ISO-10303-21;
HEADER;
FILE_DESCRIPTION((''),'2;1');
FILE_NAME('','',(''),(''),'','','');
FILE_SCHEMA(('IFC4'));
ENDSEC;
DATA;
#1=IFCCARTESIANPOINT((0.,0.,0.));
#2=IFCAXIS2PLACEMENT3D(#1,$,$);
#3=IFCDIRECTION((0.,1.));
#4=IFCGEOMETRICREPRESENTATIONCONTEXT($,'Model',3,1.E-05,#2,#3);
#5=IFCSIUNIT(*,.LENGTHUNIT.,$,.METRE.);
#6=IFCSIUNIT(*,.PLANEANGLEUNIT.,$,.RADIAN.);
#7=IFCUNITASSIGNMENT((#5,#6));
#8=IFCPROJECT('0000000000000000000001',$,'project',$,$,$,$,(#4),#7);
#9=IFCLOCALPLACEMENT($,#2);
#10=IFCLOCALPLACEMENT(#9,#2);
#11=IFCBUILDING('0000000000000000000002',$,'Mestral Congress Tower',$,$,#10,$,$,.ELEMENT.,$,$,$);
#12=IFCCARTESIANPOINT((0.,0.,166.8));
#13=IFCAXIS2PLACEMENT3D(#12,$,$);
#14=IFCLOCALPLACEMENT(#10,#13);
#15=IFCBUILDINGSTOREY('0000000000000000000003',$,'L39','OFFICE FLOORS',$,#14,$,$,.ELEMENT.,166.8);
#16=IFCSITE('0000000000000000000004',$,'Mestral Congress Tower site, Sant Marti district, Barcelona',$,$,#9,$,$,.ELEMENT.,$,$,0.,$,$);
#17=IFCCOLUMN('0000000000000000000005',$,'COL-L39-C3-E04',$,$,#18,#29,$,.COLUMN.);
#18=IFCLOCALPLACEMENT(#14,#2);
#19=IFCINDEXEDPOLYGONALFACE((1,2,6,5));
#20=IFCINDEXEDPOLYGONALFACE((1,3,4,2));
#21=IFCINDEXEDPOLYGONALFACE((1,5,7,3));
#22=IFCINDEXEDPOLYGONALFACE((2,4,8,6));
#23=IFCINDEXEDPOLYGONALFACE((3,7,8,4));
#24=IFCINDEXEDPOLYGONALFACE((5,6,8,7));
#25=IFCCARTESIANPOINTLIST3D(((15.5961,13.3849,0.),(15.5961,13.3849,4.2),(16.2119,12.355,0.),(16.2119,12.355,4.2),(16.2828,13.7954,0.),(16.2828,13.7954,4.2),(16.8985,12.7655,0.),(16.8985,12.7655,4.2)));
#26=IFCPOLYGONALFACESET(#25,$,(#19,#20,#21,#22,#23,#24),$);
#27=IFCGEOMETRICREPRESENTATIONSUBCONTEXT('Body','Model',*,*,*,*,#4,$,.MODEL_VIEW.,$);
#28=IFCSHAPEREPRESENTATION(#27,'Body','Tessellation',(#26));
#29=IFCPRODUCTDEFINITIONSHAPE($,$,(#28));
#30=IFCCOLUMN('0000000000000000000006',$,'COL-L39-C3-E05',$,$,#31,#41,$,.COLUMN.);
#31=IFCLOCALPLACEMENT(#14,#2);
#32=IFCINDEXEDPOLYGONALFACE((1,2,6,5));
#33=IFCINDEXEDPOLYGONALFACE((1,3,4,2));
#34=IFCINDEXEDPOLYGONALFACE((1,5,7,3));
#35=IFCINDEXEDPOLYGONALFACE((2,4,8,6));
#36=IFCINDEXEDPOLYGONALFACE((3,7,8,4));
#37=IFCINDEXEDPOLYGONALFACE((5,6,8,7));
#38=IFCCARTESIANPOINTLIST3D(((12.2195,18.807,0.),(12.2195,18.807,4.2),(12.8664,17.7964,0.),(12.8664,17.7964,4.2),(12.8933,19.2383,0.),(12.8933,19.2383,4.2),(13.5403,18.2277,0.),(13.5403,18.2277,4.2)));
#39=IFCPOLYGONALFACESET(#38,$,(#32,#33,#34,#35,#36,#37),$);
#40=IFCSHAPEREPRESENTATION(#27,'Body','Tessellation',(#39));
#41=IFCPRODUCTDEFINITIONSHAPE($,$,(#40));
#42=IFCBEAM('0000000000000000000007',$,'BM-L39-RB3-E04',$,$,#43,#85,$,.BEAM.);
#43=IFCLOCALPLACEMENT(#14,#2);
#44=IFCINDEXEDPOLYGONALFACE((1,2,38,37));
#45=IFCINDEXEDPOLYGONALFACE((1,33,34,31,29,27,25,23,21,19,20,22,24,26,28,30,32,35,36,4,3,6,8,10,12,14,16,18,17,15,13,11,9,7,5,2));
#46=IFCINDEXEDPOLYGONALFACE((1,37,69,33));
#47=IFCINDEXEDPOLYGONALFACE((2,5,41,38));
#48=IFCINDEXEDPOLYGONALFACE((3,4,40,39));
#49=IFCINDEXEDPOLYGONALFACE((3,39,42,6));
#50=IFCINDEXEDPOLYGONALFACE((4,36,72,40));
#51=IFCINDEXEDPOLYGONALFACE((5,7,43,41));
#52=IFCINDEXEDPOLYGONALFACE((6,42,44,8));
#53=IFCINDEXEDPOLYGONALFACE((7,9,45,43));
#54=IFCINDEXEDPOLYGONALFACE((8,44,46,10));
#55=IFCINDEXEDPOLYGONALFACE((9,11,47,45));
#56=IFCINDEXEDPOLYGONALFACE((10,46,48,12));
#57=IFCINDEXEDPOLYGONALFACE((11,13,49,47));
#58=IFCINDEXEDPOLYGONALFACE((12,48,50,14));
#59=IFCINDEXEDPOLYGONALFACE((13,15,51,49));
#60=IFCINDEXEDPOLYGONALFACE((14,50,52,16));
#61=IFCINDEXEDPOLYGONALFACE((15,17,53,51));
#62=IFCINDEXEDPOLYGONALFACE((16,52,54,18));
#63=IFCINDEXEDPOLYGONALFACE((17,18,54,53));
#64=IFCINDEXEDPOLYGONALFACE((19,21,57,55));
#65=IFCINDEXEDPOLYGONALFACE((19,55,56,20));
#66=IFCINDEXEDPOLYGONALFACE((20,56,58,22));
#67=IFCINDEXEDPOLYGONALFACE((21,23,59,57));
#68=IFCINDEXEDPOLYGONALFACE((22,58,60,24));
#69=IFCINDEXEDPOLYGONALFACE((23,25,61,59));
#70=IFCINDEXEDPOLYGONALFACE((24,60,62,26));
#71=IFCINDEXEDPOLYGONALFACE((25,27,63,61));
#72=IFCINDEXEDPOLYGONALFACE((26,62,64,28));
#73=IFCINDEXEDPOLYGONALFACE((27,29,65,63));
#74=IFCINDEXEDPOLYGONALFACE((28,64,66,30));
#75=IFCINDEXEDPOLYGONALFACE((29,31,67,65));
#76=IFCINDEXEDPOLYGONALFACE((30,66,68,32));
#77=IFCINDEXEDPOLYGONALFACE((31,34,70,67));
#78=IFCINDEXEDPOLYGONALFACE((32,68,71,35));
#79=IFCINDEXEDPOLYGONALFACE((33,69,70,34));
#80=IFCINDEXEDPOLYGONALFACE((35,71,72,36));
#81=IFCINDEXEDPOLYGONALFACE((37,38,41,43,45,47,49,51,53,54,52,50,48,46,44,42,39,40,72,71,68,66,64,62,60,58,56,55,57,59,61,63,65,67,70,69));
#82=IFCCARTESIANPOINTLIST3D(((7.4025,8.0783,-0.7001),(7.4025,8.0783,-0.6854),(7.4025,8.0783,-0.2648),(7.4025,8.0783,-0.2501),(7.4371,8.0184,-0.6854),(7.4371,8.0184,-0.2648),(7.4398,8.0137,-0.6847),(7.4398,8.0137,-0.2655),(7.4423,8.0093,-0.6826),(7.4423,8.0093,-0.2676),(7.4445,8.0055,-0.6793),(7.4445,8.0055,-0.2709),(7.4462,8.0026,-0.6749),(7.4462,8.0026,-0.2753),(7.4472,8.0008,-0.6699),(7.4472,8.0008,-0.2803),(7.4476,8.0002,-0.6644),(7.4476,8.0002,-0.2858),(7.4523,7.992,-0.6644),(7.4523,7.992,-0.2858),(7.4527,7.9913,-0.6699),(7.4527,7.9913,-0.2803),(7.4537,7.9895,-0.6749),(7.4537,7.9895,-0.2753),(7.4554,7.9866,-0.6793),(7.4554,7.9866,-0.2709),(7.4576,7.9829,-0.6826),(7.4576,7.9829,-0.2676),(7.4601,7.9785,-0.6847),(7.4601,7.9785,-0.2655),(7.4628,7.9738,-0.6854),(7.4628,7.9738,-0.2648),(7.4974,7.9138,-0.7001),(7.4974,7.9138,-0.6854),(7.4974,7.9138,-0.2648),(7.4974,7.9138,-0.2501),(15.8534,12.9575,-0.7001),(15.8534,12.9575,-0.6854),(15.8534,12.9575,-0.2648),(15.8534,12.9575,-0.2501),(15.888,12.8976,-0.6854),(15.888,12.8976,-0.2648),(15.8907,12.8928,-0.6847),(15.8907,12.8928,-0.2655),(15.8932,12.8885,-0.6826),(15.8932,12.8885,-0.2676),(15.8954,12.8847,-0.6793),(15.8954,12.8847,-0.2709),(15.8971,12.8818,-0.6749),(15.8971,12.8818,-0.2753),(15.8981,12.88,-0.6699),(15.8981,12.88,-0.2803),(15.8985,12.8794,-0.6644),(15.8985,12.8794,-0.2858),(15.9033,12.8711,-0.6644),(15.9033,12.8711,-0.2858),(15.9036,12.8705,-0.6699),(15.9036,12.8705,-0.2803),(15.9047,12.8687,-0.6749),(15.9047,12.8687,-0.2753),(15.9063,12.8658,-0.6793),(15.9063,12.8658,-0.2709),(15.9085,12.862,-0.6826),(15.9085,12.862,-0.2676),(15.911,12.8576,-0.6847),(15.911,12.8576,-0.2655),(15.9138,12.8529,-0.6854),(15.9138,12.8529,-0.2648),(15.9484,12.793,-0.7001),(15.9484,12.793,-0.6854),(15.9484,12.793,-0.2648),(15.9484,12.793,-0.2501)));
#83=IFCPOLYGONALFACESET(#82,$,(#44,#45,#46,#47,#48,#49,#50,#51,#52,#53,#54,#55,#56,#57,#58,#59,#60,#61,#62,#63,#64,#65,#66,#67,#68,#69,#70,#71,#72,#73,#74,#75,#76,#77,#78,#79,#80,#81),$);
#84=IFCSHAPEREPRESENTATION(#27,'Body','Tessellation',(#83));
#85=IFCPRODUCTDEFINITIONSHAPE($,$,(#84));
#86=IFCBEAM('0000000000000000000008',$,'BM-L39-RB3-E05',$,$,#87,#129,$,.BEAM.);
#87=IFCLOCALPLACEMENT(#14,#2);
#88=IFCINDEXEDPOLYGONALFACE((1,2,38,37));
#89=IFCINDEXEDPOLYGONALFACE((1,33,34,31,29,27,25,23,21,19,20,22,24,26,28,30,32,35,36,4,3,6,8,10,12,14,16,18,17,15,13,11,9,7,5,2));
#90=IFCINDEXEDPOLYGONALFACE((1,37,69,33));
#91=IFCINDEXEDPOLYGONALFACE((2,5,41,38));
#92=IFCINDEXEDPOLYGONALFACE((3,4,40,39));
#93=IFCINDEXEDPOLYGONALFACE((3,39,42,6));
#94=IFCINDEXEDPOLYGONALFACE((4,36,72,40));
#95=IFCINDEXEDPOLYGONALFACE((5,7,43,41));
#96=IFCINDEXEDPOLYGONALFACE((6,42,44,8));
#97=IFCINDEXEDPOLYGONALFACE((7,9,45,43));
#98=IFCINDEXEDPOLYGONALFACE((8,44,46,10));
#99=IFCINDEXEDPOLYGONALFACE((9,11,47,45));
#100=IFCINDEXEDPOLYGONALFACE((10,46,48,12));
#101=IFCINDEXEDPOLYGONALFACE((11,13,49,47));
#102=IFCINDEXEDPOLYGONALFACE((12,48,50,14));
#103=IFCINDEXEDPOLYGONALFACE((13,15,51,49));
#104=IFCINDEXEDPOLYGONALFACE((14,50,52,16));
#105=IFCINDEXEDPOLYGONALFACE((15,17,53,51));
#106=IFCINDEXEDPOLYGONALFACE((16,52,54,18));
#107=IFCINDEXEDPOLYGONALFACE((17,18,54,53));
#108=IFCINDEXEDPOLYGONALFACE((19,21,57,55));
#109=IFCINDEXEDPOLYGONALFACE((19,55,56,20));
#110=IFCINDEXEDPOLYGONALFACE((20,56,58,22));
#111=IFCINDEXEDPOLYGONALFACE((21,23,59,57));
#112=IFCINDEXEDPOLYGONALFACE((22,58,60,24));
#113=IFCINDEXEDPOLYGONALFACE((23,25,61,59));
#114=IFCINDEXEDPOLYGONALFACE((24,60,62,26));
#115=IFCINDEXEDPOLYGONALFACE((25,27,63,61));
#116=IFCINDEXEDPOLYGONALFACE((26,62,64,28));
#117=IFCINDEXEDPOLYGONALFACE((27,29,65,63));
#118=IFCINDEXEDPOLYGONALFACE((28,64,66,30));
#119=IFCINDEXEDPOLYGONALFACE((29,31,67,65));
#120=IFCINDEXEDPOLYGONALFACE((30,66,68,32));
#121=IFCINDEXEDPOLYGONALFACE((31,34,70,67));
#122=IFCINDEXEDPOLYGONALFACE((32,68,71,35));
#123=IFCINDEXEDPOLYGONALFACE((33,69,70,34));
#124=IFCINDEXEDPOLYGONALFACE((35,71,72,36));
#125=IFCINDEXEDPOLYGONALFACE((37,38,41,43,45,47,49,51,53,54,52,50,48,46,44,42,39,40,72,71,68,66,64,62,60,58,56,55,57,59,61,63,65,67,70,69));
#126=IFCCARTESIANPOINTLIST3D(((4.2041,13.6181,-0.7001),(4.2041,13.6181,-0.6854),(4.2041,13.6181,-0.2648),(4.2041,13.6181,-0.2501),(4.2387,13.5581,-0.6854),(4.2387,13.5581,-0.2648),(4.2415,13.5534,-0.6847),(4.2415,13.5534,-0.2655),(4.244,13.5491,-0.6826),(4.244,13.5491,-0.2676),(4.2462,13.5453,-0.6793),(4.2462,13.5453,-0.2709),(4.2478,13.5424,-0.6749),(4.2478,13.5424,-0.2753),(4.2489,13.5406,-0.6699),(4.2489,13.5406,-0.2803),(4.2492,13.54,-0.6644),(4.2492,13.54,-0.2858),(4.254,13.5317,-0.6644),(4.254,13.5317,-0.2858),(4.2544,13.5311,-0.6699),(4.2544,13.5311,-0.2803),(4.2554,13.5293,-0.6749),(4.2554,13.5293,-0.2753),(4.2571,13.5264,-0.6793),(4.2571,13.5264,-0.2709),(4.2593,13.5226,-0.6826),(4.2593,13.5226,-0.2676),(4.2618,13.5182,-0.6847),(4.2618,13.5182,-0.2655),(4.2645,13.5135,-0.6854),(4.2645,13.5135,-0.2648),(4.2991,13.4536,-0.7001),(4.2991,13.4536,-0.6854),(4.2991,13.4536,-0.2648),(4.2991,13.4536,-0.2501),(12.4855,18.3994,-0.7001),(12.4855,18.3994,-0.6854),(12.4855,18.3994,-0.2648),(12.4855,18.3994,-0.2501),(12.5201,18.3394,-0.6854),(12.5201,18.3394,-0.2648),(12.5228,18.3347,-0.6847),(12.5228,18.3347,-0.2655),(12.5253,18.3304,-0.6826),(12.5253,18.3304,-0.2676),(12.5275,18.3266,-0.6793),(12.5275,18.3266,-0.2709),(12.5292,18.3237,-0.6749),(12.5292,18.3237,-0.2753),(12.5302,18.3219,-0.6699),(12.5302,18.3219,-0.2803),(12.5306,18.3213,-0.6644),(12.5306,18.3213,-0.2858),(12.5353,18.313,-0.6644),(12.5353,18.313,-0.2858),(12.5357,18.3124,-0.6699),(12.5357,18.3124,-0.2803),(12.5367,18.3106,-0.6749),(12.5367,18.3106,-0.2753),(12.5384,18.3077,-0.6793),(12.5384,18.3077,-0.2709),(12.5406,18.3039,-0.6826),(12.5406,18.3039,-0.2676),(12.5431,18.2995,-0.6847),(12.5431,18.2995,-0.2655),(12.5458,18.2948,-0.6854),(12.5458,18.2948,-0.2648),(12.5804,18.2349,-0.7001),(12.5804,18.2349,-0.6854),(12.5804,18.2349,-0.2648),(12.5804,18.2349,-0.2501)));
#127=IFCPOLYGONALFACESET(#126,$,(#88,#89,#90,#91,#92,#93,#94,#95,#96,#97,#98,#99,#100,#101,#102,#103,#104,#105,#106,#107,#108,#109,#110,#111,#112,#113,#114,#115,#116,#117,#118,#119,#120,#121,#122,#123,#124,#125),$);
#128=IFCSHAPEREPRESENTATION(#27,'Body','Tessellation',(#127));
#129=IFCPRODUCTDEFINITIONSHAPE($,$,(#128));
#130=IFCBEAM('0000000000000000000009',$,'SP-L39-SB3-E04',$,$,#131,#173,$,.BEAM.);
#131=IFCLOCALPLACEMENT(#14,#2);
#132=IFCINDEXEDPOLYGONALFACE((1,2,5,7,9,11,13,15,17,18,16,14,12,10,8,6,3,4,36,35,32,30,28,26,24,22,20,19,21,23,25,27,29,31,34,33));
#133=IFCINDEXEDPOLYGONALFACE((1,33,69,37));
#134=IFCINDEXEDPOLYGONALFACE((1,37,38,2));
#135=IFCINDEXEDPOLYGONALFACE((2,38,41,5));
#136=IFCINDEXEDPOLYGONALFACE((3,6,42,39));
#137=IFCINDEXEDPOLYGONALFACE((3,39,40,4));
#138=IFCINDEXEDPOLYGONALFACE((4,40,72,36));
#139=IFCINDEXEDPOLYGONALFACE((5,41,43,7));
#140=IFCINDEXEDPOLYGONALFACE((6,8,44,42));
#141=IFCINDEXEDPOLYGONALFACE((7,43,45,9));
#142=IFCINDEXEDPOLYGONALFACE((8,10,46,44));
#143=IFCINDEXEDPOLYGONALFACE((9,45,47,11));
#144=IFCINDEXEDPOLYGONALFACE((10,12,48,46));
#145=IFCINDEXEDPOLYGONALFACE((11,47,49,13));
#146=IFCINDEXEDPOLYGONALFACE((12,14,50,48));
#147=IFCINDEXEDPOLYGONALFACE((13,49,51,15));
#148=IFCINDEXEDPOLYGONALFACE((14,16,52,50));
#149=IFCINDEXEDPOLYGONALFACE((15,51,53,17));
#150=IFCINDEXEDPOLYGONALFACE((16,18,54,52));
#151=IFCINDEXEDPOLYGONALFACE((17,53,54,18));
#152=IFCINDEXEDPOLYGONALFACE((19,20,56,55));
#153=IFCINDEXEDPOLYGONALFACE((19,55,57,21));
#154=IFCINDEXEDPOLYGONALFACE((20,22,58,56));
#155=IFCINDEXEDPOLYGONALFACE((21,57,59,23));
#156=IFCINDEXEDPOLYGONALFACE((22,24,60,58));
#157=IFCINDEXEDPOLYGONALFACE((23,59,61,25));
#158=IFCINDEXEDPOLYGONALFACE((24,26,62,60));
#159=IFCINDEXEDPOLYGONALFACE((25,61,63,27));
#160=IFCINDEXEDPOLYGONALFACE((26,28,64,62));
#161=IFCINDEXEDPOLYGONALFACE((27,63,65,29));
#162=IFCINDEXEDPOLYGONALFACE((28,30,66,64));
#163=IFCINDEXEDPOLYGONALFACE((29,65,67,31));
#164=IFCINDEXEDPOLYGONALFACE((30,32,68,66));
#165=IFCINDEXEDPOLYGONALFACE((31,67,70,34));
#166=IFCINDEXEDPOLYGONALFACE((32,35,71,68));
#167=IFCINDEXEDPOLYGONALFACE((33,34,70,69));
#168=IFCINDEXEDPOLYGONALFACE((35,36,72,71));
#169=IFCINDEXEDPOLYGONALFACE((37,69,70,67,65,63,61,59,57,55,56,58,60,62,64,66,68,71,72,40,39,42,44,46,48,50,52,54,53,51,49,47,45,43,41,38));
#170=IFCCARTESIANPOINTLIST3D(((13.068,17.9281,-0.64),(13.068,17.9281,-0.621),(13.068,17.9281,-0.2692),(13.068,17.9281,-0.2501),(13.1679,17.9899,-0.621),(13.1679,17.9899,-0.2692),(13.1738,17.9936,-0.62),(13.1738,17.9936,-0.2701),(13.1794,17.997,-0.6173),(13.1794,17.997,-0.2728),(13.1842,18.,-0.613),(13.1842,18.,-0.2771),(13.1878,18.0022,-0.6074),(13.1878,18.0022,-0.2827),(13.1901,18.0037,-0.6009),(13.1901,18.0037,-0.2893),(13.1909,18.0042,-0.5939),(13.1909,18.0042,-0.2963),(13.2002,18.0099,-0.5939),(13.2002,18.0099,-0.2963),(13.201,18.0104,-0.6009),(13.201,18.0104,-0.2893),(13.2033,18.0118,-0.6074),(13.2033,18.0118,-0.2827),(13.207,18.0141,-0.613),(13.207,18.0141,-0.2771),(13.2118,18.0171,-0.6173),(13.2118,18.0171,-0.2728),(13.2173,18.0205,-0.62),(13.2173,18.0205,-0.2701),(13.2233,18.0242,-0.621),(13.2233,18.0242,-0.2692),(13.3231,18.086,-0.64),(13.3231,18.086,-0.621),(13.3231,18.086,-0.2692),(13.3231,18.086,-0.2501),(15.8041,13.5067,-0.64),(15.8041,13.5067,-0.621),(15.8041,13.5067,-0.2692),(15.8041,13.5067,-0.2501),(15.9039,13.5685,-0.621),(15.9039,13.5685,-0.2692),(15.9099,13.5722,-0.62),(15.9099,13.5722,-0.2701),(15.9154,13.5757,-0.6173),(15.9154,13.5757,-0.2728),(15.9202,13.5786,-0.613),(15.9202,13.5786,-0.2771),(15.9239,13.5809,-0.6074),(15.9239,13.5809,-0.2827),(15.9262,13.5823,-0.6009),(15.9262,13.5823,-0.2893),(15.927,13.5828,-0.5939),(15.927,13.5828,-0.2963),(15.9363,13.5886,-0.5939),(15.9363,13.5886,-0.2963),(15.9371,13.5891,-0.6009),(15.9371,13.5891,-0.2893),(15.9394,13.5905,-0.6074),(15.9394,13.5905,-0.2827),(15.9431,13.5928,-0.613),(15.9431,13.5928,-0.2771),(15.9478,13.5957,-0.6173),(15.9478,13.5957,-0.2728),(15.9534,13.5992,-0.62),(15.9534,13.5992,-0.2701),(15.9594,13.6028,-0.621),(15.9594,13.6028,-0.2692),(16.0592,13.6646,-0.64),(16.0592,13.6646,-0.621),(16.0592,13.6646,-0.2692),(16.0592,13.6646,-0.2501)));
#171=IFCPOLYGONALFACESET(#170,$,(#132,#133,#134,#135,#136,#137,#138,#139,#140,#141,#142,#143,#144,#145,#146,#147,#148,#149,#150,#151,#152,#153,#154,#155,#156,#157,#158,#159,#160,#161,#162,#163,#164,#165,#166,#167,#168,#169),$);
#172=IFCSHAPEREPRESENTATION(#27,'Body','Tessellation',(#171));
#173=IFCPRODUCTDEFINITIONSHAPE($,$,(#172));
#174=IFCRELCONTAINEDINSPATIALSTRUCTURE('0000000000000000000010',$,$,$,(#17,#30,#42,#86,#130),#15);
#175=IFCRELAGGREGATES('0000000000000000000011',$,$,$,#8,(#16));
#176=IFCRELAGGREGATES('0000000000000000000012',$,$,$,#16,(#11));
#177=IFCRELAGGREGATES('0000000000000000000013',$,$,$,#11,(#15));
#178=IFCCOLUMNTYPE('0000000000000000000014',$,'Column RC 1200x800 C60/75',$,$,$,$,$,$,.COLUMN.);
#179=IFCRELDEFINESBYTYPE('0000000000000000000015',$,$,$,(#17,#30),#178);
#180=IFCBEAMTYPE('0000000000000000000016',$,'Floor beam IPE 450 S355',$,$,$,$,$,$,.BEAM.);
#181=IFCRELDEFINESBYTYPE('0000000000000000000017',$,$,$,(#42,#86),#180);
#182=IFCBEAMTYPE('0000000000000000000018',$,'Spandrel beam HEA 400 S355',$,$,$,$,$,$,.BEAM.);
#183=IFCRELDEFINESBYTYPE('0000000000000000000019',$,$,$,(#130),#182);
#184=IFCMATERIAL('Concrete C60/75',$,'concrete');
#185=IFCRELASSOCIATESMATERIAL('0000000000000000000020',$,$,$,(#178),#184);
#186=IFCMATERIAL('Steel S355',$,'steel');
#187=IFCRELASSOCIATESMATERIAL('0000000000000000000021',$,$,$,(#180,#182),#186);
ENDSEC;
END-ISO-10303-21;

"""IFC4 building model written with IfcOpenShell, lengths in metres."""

from ifc_helpers import new_model, si_unit, direction, frame, origin, origin_2d, place, context, subcontext, project, spatial, rectangle, i_section, extrude, material, material_profile, profile_set, type_object, element, save


model = new_model("IFC4")

# Units and contexts
model_context = context("Model", 3, precision=1e-05, world=origin(), true_north=direction((0.0, 1.0)))
body_context = subcontext(model_context, "Body", "Model", "MODEL_VIEW")
ifc_project = project(units=[si_unit("LENGTHUNIT", "METRE"), si_unit("PLANEANGLEUNIT", "RADIAN")], contexts=[model_context])

# Site, building, storey
site_placement = place(None, origin())
site = spatial("IfcSite", under=ifc_project, at=site_placement, Name="Mestral Congress Tower site, Sant Marti district, Barcelona", CompositionType="ELEMENT", RefElevation=0.0)
building_placement = place(site_placement, origin())
building = spatial("IfcBuilding", under=site, at=building_placement, Name="Mestral Congress Tower", CompositionType="ELEMENT")
storey_placement = place(building_placement, frame((0.0, 0.0, 166.8)))
storey = spatial("IfcBuildingStorey", under=building, at=storey_placement, Name="L39", Description="OFFICE FLOORS", CompositionType="ELEMENT", Elevation=166.8)

# Columns
ifc_material_1 = material(Name="Concrete C60/75", Category="concrete")
ifc_material_profile_1 = material_profile(ifc_material_1, rectangle(XDim=1.2, YDim=0.8, at=origin_2d()), Name="RC 1200x800")
ifc_profile_set_1 = profile_set([ifc_material_profile_1], Name="Concrete C60/75")
column_type = type_object("IfcColumnType", Name="Column RC 1200x800 C60/75", PredefinedType="COLUMN", material=ifc_profile_set_1)
for number, where, z_axis, x_axis, name in (
    (1, (16.2473, 13.0752, 0.0), (0.0, 0.0, 1.0), (-0.513159, 0.858293, 0.0), "COL-L39-C3-E04"),
    (2, (12.8799, 18.5173, 0.0), (0.0, 0.0, 1.0), (-0.539115, 0.842232, 0.0), "COL-L39-C3-E05"),
):
    element("IfcColumn", number, at=place(storey_placement, frame(where, z_axis=z_axis, x_axis=x_axis)), inside=storey, type_object=column_type, Name=name, PredefinedType="COLUMN", context=body_context, shape_type="SweptSolid", body=[
        extrude(rectangle(XDim=1.2, YDim=0.8, at=origin_2d()), origin(), (0.0, 0.0, 1.0), 4.2),
    ])

# Beams
ifc_material_2 = material(Name="Steel S355", Category="steel")
ifc_material_profile_2 = material_profile(ifc_material_2, i_section(OverallWidth=0.1899, OverallDepth=0.45, WebThickness=0.0095, FlangeThickness=0.0146, FilletRadius=0.021, at=origin_2d()), Name="IPE 450")
ifc_profile_set_2 = profile_set([ifc_material_profile_2], Name="Steel S355")
beam_type_1 = type_object("IfcBeamType", Name="Floor beam IPE 450 S355", PredefinedType="BEAM", material=ifc_profile_set_2)
beam_1_placement = place(storey_placement, frame((15.9009, 12.8752, -0.4751), z_axis=(-0.866025, -0.5, 0.0), x_axis=(0.5, -0.866025, 0.0)))
element("IfcBeam", 3, at=beam_1_placement, inside=storey, type_object=beam_type_1, Name="BM-L39-RB3-E04", PredefinedType="BEAM", context=body_context, shape_type="SweptSolid", body=[
    extrude(i_section(OverallWidth=0.1899, OverallDepth=0.45, WebThickness=0.0095, FlangeThickness=0.0146, FilletRadius=0.021, at=origin_2d()), origin(), (0.0, 0.0, 1.0), 9.7583),
])
beam_2_placement = place(storey_placement, frame((12.533, 18.3171, -0.4751), z_axis=(-0.866022, -0.500005, 0.0), x_axis=(0.500005, -0.866022, 0.0)))
element("IfcBeam", 4, at=beam_2_placement, inside=storey, type_object=beam_type_1, Name="BM-L39-RB3-E05", PredefinedType="BEAM", context=body_context, shape_type="SweptSolid", body=[
    extrude(i_section(OverallWidth=0.1899, OverallDepth=0.45, WebThickness=0.0095, FlangeThickness=0.0146, FilletRadius=0.021, at=origin_2d()), origin(), (0.0, 0.0, 1.0), 9.5625),
])
ifc_material_profile_3 = material_profile(ifc_material_2, i_section(OverallWidth=0.3, OverallDepth=0.3899, WebThickness=0.011, FlangeThickness=0.019, FilletRadius=0.0271, at=origin_2d()), Name="HEA 400")
ifc_profile_set_3 = profile_set([ifc_material_profile_3], Name="Steel S355")
beam_type_2 = type_object("IfcBeamType", Name="Spandrel beam HEA 400 S355", PredefinedType="BEAM", material=ifc_profile_set_3)
for number, where, z_axis, x_axis, name in (
    (5, (15.9316, 13.5857, -0.4451), (-0.52622, 0.850348, 0.0), (-0.850348, -0.52622, 0.0), "SP-L39-SB3-E04"),
):
    element("IfcBeam", number, at=place(storey_placement, frame(where, z_axis=z_axis, x_axis=x_axis)), inside=storey, type_object=beam_type_2, Name=name, PredefinedType="BEAM", context=body_context, shape_type="SweptSolid", body=[
        extrude(i_section(OverallWidth=0.3, OverallDepth=0.3899, WebThickness=0.011, FlangeThickness=0.019, FilletRadius=0.0271, at=origin_2d()), origin(), (0.0, 0.0, 1.0), 5.1995),
    ])

save(model, "model.ifc")
